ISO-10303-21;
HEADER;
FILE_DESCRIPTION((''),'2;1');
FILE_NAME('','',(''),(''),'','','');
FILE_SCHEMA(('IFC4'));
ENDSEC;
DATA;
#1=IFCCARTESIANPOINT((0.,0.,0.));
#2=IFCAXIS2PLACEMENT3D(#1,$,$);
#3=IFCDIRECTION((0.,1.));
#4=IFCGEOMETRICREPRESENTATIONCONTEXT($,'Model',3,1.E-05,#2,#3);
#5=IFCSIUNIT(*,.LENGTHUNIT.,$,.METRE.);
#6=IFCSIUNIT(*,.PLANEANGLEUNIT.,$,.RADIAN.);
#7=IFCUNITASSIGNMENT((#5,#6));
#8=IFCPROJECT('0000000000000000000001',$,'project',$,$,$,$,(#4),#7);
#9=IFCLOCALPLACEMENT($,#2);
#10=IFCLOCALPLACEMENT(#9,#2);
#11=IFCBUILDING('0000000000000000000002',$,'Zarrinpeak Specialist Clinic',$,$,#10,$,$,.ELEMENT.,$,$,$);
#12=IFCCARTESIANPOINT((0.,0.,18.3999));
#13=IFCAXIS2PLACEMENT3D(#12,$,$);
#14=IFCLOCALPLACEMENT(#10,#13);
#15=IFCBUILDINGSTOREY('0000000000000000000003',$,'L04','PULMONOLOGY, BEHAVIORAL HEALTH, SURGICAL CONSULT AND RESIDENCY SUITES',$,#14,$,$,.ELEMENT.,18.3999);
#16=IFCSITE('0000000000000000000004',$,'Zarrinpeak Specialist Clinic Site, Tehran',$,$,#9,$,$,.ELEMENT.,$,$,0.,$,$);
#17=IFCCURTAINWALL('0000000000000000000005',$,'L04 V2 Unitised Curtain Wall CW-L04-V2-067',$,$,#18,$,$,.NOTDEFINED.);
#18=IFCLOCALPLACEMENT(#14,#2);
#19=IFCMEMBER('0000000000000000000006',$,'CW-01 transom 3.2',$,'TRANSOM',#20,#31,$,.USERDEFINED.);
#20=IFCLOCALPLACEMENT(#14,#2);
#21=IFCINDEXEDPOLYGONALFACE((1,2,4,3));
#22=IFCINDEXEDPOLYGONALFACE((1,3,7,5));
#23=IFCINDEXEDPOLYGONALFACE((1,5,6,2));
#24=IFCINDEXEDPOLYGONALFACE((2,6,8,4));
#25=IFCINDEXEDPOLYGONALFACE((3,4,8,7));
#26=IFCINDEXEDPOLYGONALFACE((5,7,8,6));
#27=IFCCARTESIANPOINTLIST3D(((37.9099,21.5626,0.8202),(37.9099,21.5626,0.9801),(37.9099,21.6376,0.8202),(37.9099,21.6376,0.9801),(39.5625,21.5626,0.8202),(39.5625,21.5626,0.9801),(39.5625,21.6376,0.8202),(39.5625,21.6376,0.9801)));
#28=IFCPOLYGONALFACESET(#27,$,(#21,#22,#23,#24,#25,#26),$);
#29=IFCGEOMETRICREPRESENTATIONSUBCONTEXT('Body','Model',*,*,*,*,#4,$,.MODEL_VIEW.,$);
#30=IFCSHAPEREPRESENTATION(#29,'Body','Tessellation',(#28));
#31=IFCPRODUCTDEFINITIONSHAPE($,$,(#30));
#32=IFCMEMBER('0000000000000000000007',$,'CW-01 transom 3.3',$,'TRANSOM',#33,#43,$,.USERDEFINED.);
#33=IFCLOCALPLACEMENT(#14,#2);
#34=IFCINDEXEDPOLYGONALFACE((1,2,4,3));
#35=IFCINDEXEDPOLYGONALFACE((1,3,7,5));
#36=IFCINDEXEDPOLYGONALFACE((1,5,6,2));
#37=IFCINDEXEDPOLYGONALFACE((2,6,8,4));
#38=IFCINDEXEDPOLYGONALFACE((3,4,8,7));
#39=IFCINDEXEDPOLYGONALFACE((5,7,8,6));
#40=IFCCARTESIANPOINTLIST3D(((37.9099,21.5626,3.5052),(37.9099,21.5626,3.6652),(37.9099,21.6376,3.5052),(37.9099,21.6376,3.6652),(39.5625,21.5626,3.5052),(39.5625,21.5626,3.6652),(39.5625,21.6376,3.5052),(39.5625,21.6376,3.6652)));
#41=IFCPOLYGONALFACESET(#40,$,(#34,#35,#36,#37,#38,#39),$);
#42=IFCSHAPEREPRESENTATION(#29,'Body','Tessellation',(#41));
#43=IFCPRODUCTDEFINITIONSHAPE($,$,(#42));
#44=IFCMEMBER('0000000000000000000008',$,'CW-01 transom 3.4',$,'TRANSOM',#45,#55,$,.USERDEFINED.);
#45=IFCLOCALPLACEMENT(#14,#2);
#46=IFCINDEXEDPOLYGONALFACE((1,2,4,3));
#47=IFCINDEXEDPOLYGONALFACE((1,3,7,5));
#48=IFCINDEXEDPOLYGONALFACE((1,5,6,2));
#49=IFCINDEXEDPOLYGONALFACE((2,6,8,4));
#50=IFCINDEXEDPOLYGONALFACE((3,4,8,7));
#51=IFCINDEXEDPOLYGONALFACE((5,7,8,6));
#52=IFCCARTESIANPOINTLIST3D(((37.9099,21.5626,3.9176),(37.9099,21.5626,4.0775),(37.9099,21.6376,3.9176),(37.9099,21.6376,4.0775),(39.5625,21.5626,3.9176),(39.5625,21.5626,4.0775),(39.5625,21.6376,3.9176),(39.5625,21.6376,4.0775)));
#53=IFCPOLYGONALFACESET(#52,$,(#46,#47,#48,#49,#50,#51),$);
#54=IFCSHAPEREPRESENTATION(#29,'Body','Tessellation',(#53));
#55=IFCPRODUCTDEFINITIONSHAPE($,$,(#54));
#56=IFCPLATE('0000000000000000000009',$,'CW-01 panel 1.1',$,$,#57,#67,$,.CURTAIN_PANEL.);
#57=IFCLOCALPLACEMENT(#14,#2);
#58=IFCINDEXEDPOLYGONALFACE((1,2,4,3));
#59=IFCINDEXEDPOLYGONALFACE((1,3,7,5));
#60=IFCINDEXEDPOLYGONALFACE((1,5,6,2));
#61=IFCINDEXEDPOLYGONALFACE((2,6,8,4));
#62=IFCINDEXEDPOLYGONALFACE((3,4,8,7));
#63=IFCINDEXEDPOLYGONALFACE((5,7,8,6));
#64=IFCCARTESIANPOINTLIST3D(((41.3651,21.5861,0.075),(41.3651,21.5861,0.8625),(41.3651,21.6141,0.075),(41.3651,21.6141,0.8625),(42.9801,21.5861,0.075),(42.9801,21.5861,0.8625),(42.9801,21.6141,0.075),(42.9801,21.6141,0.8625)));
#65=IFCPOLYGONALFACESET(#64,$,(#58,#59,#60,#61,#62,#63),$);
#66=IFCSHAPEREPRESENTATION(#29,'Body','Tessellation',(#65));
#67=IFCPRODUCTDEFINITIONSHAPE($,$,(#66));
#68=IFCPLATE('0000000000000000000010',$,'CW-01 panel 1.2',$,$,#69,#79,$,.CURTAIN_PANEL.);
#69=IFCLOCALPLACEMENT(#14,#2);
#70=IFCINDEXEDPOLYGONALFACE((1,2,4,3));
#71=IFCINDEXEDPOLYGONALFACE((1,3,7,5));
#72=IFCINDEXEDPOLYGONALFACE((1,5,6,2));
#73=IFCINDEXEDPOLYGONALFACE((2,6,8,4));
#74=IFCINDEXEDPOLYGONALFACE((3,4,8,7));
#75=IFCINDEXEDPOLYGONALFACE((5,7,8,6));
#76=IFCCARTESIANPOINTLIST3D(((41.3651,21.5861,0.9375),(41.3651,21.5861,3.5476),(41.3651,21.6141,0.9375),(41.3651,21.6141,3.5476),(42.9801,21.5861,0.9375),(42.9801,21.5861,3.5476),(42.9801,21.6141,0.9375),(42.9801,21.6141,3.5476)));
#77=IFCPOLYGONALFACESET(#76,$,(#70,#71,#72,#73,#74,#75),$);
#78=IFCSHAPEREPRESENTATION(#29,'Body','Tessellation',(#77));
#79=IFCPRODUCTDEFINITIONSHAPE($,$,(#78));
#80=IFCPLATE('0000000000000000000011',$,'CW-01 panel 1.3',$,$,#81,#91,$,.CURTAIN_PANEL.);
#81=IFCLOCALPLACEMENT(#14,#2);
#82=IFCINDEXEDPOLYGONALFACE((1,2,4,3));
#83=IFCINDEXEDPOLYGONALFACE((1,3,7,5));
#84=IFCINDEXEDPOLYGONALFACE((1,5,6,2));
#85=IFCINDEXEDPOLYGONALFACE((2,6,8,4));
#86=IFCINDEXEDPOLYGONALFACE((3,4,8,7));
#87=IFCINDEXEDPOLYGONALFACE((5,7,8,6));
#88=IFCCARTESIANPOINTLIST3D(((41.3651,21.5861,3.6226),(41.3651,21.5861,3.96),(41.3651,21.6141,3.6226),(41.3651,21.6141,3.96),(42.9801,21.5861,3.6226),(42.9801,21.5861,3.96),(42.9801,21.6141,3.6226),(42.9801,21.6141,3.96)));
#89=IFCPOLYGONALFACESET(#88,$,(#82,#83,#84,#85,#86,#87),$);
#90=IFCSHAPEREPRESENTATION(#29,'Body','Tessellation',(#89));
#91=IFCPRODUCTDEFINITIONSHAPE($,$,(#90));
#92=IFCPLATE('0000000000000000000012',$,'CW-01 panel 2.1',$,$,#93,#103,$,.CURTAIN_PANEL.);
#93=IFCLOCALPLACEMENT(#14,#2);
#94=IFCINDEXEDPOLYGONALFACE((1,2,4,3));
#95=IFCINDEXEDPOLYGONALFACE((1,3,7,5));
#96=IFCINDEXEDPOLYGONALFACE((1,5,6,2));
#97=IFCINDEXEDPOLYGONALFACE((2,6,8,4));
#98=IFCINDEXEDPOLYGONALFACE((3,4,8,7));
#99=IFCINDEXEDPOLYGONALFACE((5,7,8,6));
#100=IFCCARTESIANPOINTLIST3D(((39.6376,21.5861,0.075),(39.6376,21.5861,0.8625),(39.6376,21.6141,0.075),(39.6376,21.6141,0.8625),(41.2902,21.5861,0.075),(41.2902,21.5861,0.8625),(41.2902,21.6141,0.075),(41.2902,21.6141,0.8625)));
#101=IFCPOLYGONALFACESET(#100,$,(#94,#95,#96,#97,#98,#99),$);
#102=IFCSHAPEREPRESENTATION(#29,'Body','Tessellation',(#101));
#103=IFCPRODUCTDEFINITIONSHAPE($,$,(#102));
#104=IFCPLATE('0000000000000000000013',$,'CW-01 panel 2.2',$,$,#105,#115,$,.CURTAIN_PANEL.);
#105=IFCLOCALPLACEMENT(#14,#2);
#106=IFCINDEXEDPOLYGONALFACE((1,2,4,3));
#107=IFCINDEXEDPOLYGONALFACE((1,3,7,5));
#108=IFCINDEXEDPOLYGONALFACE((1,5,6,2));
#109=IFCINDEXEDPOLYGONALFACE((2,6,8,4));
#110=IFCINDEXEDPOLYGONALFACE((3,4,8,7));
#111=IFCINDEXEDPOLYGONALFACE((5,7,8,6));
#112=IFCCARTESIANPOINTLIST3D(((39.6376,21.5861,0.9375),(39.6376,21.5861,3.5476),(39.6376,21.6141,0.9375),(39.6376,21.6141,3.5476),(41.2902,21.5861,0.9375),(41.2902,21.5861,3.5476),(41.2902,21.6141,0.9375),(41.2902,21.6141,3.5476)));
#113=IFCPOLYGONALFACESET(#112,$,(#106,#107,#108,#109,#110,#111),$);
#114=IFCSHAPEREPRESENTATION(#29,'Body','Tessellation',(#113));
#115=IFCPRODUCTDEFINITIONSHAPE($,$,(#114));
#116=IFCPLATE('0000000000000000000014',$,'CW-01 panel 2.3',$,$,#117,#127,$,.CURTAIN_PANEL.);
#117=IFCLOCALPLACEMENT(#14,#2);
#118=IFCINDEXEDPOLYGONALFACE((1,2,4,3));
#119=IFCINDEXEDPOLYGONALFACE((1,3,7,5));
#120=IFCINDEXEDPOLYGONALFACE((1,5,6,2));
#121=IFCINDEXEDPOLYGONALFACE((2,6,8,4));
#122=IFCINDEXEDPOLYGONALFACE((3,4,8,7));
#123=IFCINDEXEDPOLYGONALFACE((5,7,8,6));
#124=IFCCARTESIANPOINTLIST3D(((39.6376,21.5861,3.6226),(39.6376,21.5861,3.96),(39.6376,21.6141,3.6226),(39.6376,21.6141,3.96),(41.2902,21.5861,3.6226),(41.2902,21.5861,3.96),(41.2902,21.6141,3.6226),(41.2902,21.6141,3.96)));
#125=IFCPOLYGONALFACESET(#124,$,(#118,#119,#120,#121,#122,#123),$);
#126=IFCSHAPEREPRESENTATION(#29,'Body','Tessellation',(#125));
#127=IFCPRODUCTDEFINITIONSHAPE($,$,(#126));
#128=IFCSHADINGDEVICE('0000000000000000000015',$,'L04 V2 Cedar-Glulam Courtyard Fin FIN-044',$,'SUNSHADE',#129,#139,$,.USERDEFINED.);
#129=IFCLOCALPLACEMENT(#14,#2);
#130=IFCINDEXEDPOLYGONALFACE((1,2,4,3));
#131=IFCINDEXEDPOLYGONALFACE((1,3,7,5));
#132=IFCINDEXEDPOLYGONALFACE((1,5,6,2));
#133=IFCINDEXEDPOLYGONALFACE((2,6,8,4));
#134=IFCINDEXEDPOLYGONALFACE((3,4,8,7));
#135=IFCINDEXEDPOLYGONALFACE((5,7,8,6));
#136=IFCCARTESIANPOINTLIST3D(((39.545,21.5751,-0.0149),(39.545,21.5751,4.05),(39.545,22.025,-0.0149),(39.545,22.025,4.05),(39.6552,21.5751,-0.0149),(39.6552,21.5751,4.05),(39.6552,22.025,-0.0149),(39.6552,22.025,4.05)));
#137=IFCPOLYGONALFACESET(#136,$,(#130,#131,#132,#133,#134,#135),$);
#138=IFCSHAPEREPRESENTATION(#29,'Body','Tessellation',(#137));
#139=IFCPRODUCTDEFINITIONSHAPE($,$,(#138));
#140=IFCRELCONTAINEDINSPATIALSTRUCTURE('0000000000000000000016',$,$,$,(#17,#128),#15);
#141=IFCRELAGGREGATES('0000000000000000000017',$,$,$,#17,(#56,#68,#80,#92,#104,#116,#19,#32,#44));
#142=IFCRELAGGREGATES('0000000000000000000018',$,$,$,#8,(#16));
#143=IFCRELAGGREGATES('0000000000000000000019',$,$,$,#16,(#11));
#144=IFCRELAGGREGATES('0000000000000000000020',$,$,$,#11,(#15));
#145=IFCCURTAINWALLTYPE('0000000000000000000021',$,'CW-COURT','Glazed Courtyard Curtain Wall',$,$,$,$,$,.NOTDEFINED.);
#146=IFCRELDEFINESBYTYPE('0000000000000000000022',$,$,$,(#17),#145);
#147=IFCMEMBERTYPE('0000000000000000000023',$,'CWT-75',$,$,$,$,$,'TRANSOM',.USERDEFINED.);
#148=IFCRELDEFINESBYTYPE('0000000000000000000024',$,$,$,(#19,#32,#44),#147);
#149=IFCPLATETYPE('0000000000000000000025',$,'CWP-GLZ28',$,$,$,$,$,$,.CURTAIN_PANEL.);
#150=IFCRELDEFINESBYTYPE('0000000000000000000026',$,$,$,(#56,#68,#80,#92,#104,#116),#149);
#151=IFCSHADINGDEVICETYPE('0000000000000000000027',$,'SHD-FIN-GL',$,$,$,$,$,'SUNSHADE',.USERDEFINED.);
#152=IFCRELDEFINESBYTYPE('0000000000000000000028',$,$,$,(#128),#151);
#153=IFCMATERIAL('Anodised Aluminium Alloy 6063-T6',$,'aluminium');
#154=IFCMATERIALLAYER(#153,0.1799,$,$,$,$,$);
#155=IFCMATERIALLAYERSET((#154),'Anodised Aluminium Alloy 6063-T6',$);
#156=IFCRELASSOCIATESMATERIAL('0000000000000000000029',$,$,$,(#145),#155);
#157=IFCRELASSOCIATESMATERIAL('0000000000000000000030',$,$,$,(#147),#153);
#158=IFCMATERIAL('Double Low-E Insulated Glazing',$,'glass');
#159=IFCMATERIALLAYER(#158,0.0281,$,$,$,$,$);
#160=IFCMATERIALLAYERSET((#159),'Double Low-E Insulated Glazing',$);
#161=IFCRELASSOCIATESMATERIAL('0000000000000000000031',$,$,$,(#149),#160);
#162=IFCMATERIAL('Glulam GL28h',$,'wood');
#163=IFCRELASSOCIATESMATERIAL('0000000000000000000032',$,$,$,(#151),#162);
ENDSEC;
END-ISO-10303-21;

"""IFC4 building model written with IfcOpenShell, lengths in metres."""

from ifc_helpers import new_model, si_unit, direction, frame, origin, origin_2d, place, context, subcontext, project, spatial, rectangle, extrude, material, layer, layer_set, material_profile, profile_set, type_object, element, aggregate, save


model = new_model("IFC4")

# Units and contexts
model_context = context("Model", 3, precision=1e-05, world=origin(), true_north=direction((0.0, 1.0)))
body_context = subcontext(model_context, "Body", "Model", "MODEL_VIEW")
ifc_project = project(units=[si_unit("LENGTHUNIT", "METRE"), si_unit("PLANEANGLEUNIT", "RADIAN")], contexts=[model_context])

# Site, building, storey
site_placement = place(None, origin())
site = spatial("IfcSite", under=ifc_project, at=site_placement, Name="Zarrinpeak Specialist Clinic Site, Tehran", CompositionType="ELEMENT", RefElevation=0.0)
building_placement = place(site_placement, origin())
building = spatial("IfcBuilding", under=site, at=building_placement, Name="Zarrinpeak Specialist Clinic", CompositionType="ELEMENT")
storey_placement = place(building_placement, frame((0.0, 0.0, 18.3999)))
storey = spatial("IfcBuildingStorey", under=building, at=storey_placement, Name="L04", Description="PULMONOLOGY, BEHAVIORAL HEALTH, SURGICAL CONSULT AND RESIDENCY SUITES", CompositionType="ELEMENT", Elevation=18.3999)

# Curtain wall, members, plates
ifc_material_1 = material(Name="Anodised Aluminium Alloy 6063-T6", Category="aluminium")
ifc_layer_1 = layer(ifc_material_1, 0.1799)
ifc_layer_set_1 = layer_set([ifc_layer_1], Name="Anodised Aluminium Alloy 6063-T6")
curtain_wall_type = type_object("IfcCurtainWallType", Name="CW-COURT", Description="Glazed Courtyard Curtain Wall", PredefinedType="NOTDEFINED", material=ifc_layer_set_1)
curtain_wall_placement = place(storey_placement, origin())
curtain_wall = element("IfcCurtainWall", 1, at=curtain_wall_placement, inside=storey, type_object=curtain_wall_type, Name="L04 V2 Unitised Curtain Wall CW-L04-V2-067", PredefinedType="NOTDEFINED")
ifc_material_profile_1 = material_profile(ifc_material_1, rectangle(XDim=0.075, YDim=0.1599, at=origin_2d()), Name="ALU 75x160")
ifc_profile_set_1 = profile_set([ifc_material_profile_1], Name="Anodised Aluminium Alloy 6063-T6")
member_type_1 = type_object("IfcMemberType", Name="CWT-75", ElementType="TRANSOM", PredefinedType="USERDEFINED", material=ifc_profile_set_1)
member_1_placement = place(storey_placement, frame((39.5625, 21.6001, 0.9001), z_axis=(-1.0, 0.0, 0.0), x_axis=(0.0, -1.0, 0.0)))
member_1 = element("IfcMember", 2, at=member_1_placement, type_object=member_type_1, Name="CW-01 transom 3.2", ObjectType="TRANSOM", PredefinedType="USERDEFINED", context=body_context, shape_type="SweptSolid", body=[
    extrude(rectangle(XDim=0.075, YDim=0.1599, at=origin_2d()), origin(), (0.0, 0.0, 1.0), 1.6526),
])
member_2_placement = place(storey_placement, frame((39.5625, 21.6001, 3.5852), z_axis=(-1.0, 0.0, 0.0), x_axis=(0.0, -1.0, 0.0)))
member_2 = element("IfcMember", 3, at=member_2_placement, type_object=member_type_1, Name="CW-01 transom 3.3", ObjectType="TRANSOM", PredefinedType="USERDEFINED", context=body_context, shape_type="SweptSolid", body=[
    extrude(rectangle(XDim=0.075, YDim=0.1599, at=origin_2d()), origin(), (0.0, 0.0, 1.0), 1.6526),
])
member_3_placement = place(storey_placement, frame((39.5625, 21.6001, 3.9976), z_axis=(-1.0, 0.0, 0.0), x_axis=(0.0, -1.0, 0.0)))
member_3 = element("IfcMember", 4, at=member_3_placement, type_object=member_type_1, Name="CW-01 transom 3.4", ObjectType="TRANSOM", PredefinedType="USERDEFINED", context=body_context, shape_type="SweptSolid", body=[
    extrude(rectangle(XDim=0.075, YDim=0.1599, at=origin_2d()), origin(), (0.0, 0.0, 1.0), 1.6526),
])
ifc_material_2 = material(Name="Double Low-E Insulated Glazing", Category="glass")
ifc_layer_2 = layer(ifc_material_2, 0.0281)
ifc_layer_set_2 = layer_set([ifc_layer_2], Name="Double Low-E Insulated Glazing")
plate_type = type_object("IfcPlateType", Name="CWP-GLZ28", PredefinedType="CURTAIN_PANEL", material=ifc_layer_set_2)
plate_1_placement = place(storey_placement, frame((42.1726, 21.6001, 0.075), z_axis=(0.0, 0.0, 1.0), x_axis=(-1.0, 0.0, 0.0)))
plate_1 = element("IfcPlate", 5, at=plate_1_placement, type_object=plate_type, Name="CW-01 panel 1.1", PredefinedType="CURTAIN_PANEL", context=body_context, shape_type="SweptSolid", body=[
    extrude(rectangle(XDim=1.615, YDim=0.0281, at=origin_2d()), origin(), (0.0, 0.0, 1.0), 0.7876),
])
plate_2_placement = place(storey_placement, frame((42.1726, 21.6001, 0.9375), z_axis=(0.0, 0.0, 1.0), x_axis=(-1.0, 0.0, 0.0)))
plate_2 = element("IfcPlate", 6, at=plate_2_placement, type_object=plate_type, Name="CW-01 panel 1.2", PredefinedType="CURTAIN_PANEL", context=body_context, shape_type="SweptSolid", body=[
    extrude(rectangle(XDim=1.615, YDim=0.0281, at=origin_2d()), origin(), (0.0, 0.0, 1.0), 2.6101),
])
plate_3_placement = place(storey_placement, frame((42.1726, 21.6001, 3.6226), z_axis=(0.0, 0.0, 1.0), x_axis=(-1.0, 0.0, 0.0)))
plate_3 = element("IfcPlate", 7, at=plate_3_placement, type_object=plate_type, Name="CW-01 panel 1.3", PredefinedType="CURTAIN_PANEL", context=body_context, shape_type="SweptSolid", body=[
    extrude(rectangle(XDim=1.615, YDim=0.0281, at=origin_2d()), origin(), (0.0, 0.0, 1.0), 0.3374),
])
plate_4_placement = place(storey_placement, frame((40.4639, 21.6001, 0.075), z_axis=(0.0, 0.0, 1.0), x_axis=(-1.0, 0.0, 0.0)))
plate_4 = element("IfcPlate", 8, at=plate_4_placement, type_object=plate_type, Name="CW-01 panel 2.1", PredefinedType="CURTAIN_PANEL", context=body_context, shape_type="SweptSolid", body=[
    extrude(rectangle(XDim=1.6526, YDim=0.0281, at=origin_2d()), origin(), (0.0, 0.0, 1.0), 0.7876),
])
plate_5_placement = place(storey_placement, frame((40.4639, 21.6001, 0.9375), z_axis=(0.0, 0.0, 1.0), x_axis=(-1.0, 0.0, 0.0)))
plate_5 = element("IfcPlate", 9, at=plate_5_placement, type_object=plate_type, Name="CW-01 panel 2.2", PredefinedType="CURTAIN_PANEL", context=body_context, shape_type="SweptSolid", body=[
    extrude(rectangle(XDim=1.6526, YDim=0.0281, at=origin_2d()), origin(), (0.0, 0.0, 1.0), 2.6101),
])
plate_6_placement = place(storey_placement, frame((40.4639, 21.6001, 3.6226), z_axis=(0.0, 0.0, 1.0), x_axis=(-1.0, 0.0, 0.0)))
plate_6 = element("IfcPlate", 10, at=plate_6_placement, type_object=plate_type, Name="CW-01 panel 2.3", PredefinedType="CURTAIN_PANEL", context=body_context, shape_type="SweptSolid", body=[
    extrude(rectangle(XDim=1.6526, YDim=0.0281, at=origin_2d()), origin(), (0.0, 0.0, 1.0), 0.3374),
])
aggregate(curtain_wall, [plate_1, plate_2, plate_3, plate_4, plate_5, plate_6, member_1, member_2, member_3])

# Shading device
ifc_material_3 = material(Name="Glulam GL28h", Category="wood")
shading_device_type = type_object("IfcShadingDeviceType", Name="SHD-FIN-GL", ElementType="SUNSHADE", PredefinedType="USERDEFINED", material=ifc_material_3)
shading_device_placement = place(storey_placement, frame((39.6001, 21.8, -0.0149), z_axis=(0.0, 0.0, 1.0), x_axis=(1.0, 0.0, 0.0)))
element("IfcShadingDevice", 11, at=shading_device_placement, inside=storey, type_object=shading_device_type, Name="L04 V2 Cedar-Glulam Courtyard Fin FIN-044", ObjectType="SUNSHADE", PredefinedType="USERDEFINED", context=body_context, shape_type="SweptSolid", body=[
    extrude(rectangle(XDim=0.1101, YDim=0.45, at=origin_2d()), origin(), (0.0, 0.0, 1.0), 4.0649),
])

save(model, "model.ifc")
